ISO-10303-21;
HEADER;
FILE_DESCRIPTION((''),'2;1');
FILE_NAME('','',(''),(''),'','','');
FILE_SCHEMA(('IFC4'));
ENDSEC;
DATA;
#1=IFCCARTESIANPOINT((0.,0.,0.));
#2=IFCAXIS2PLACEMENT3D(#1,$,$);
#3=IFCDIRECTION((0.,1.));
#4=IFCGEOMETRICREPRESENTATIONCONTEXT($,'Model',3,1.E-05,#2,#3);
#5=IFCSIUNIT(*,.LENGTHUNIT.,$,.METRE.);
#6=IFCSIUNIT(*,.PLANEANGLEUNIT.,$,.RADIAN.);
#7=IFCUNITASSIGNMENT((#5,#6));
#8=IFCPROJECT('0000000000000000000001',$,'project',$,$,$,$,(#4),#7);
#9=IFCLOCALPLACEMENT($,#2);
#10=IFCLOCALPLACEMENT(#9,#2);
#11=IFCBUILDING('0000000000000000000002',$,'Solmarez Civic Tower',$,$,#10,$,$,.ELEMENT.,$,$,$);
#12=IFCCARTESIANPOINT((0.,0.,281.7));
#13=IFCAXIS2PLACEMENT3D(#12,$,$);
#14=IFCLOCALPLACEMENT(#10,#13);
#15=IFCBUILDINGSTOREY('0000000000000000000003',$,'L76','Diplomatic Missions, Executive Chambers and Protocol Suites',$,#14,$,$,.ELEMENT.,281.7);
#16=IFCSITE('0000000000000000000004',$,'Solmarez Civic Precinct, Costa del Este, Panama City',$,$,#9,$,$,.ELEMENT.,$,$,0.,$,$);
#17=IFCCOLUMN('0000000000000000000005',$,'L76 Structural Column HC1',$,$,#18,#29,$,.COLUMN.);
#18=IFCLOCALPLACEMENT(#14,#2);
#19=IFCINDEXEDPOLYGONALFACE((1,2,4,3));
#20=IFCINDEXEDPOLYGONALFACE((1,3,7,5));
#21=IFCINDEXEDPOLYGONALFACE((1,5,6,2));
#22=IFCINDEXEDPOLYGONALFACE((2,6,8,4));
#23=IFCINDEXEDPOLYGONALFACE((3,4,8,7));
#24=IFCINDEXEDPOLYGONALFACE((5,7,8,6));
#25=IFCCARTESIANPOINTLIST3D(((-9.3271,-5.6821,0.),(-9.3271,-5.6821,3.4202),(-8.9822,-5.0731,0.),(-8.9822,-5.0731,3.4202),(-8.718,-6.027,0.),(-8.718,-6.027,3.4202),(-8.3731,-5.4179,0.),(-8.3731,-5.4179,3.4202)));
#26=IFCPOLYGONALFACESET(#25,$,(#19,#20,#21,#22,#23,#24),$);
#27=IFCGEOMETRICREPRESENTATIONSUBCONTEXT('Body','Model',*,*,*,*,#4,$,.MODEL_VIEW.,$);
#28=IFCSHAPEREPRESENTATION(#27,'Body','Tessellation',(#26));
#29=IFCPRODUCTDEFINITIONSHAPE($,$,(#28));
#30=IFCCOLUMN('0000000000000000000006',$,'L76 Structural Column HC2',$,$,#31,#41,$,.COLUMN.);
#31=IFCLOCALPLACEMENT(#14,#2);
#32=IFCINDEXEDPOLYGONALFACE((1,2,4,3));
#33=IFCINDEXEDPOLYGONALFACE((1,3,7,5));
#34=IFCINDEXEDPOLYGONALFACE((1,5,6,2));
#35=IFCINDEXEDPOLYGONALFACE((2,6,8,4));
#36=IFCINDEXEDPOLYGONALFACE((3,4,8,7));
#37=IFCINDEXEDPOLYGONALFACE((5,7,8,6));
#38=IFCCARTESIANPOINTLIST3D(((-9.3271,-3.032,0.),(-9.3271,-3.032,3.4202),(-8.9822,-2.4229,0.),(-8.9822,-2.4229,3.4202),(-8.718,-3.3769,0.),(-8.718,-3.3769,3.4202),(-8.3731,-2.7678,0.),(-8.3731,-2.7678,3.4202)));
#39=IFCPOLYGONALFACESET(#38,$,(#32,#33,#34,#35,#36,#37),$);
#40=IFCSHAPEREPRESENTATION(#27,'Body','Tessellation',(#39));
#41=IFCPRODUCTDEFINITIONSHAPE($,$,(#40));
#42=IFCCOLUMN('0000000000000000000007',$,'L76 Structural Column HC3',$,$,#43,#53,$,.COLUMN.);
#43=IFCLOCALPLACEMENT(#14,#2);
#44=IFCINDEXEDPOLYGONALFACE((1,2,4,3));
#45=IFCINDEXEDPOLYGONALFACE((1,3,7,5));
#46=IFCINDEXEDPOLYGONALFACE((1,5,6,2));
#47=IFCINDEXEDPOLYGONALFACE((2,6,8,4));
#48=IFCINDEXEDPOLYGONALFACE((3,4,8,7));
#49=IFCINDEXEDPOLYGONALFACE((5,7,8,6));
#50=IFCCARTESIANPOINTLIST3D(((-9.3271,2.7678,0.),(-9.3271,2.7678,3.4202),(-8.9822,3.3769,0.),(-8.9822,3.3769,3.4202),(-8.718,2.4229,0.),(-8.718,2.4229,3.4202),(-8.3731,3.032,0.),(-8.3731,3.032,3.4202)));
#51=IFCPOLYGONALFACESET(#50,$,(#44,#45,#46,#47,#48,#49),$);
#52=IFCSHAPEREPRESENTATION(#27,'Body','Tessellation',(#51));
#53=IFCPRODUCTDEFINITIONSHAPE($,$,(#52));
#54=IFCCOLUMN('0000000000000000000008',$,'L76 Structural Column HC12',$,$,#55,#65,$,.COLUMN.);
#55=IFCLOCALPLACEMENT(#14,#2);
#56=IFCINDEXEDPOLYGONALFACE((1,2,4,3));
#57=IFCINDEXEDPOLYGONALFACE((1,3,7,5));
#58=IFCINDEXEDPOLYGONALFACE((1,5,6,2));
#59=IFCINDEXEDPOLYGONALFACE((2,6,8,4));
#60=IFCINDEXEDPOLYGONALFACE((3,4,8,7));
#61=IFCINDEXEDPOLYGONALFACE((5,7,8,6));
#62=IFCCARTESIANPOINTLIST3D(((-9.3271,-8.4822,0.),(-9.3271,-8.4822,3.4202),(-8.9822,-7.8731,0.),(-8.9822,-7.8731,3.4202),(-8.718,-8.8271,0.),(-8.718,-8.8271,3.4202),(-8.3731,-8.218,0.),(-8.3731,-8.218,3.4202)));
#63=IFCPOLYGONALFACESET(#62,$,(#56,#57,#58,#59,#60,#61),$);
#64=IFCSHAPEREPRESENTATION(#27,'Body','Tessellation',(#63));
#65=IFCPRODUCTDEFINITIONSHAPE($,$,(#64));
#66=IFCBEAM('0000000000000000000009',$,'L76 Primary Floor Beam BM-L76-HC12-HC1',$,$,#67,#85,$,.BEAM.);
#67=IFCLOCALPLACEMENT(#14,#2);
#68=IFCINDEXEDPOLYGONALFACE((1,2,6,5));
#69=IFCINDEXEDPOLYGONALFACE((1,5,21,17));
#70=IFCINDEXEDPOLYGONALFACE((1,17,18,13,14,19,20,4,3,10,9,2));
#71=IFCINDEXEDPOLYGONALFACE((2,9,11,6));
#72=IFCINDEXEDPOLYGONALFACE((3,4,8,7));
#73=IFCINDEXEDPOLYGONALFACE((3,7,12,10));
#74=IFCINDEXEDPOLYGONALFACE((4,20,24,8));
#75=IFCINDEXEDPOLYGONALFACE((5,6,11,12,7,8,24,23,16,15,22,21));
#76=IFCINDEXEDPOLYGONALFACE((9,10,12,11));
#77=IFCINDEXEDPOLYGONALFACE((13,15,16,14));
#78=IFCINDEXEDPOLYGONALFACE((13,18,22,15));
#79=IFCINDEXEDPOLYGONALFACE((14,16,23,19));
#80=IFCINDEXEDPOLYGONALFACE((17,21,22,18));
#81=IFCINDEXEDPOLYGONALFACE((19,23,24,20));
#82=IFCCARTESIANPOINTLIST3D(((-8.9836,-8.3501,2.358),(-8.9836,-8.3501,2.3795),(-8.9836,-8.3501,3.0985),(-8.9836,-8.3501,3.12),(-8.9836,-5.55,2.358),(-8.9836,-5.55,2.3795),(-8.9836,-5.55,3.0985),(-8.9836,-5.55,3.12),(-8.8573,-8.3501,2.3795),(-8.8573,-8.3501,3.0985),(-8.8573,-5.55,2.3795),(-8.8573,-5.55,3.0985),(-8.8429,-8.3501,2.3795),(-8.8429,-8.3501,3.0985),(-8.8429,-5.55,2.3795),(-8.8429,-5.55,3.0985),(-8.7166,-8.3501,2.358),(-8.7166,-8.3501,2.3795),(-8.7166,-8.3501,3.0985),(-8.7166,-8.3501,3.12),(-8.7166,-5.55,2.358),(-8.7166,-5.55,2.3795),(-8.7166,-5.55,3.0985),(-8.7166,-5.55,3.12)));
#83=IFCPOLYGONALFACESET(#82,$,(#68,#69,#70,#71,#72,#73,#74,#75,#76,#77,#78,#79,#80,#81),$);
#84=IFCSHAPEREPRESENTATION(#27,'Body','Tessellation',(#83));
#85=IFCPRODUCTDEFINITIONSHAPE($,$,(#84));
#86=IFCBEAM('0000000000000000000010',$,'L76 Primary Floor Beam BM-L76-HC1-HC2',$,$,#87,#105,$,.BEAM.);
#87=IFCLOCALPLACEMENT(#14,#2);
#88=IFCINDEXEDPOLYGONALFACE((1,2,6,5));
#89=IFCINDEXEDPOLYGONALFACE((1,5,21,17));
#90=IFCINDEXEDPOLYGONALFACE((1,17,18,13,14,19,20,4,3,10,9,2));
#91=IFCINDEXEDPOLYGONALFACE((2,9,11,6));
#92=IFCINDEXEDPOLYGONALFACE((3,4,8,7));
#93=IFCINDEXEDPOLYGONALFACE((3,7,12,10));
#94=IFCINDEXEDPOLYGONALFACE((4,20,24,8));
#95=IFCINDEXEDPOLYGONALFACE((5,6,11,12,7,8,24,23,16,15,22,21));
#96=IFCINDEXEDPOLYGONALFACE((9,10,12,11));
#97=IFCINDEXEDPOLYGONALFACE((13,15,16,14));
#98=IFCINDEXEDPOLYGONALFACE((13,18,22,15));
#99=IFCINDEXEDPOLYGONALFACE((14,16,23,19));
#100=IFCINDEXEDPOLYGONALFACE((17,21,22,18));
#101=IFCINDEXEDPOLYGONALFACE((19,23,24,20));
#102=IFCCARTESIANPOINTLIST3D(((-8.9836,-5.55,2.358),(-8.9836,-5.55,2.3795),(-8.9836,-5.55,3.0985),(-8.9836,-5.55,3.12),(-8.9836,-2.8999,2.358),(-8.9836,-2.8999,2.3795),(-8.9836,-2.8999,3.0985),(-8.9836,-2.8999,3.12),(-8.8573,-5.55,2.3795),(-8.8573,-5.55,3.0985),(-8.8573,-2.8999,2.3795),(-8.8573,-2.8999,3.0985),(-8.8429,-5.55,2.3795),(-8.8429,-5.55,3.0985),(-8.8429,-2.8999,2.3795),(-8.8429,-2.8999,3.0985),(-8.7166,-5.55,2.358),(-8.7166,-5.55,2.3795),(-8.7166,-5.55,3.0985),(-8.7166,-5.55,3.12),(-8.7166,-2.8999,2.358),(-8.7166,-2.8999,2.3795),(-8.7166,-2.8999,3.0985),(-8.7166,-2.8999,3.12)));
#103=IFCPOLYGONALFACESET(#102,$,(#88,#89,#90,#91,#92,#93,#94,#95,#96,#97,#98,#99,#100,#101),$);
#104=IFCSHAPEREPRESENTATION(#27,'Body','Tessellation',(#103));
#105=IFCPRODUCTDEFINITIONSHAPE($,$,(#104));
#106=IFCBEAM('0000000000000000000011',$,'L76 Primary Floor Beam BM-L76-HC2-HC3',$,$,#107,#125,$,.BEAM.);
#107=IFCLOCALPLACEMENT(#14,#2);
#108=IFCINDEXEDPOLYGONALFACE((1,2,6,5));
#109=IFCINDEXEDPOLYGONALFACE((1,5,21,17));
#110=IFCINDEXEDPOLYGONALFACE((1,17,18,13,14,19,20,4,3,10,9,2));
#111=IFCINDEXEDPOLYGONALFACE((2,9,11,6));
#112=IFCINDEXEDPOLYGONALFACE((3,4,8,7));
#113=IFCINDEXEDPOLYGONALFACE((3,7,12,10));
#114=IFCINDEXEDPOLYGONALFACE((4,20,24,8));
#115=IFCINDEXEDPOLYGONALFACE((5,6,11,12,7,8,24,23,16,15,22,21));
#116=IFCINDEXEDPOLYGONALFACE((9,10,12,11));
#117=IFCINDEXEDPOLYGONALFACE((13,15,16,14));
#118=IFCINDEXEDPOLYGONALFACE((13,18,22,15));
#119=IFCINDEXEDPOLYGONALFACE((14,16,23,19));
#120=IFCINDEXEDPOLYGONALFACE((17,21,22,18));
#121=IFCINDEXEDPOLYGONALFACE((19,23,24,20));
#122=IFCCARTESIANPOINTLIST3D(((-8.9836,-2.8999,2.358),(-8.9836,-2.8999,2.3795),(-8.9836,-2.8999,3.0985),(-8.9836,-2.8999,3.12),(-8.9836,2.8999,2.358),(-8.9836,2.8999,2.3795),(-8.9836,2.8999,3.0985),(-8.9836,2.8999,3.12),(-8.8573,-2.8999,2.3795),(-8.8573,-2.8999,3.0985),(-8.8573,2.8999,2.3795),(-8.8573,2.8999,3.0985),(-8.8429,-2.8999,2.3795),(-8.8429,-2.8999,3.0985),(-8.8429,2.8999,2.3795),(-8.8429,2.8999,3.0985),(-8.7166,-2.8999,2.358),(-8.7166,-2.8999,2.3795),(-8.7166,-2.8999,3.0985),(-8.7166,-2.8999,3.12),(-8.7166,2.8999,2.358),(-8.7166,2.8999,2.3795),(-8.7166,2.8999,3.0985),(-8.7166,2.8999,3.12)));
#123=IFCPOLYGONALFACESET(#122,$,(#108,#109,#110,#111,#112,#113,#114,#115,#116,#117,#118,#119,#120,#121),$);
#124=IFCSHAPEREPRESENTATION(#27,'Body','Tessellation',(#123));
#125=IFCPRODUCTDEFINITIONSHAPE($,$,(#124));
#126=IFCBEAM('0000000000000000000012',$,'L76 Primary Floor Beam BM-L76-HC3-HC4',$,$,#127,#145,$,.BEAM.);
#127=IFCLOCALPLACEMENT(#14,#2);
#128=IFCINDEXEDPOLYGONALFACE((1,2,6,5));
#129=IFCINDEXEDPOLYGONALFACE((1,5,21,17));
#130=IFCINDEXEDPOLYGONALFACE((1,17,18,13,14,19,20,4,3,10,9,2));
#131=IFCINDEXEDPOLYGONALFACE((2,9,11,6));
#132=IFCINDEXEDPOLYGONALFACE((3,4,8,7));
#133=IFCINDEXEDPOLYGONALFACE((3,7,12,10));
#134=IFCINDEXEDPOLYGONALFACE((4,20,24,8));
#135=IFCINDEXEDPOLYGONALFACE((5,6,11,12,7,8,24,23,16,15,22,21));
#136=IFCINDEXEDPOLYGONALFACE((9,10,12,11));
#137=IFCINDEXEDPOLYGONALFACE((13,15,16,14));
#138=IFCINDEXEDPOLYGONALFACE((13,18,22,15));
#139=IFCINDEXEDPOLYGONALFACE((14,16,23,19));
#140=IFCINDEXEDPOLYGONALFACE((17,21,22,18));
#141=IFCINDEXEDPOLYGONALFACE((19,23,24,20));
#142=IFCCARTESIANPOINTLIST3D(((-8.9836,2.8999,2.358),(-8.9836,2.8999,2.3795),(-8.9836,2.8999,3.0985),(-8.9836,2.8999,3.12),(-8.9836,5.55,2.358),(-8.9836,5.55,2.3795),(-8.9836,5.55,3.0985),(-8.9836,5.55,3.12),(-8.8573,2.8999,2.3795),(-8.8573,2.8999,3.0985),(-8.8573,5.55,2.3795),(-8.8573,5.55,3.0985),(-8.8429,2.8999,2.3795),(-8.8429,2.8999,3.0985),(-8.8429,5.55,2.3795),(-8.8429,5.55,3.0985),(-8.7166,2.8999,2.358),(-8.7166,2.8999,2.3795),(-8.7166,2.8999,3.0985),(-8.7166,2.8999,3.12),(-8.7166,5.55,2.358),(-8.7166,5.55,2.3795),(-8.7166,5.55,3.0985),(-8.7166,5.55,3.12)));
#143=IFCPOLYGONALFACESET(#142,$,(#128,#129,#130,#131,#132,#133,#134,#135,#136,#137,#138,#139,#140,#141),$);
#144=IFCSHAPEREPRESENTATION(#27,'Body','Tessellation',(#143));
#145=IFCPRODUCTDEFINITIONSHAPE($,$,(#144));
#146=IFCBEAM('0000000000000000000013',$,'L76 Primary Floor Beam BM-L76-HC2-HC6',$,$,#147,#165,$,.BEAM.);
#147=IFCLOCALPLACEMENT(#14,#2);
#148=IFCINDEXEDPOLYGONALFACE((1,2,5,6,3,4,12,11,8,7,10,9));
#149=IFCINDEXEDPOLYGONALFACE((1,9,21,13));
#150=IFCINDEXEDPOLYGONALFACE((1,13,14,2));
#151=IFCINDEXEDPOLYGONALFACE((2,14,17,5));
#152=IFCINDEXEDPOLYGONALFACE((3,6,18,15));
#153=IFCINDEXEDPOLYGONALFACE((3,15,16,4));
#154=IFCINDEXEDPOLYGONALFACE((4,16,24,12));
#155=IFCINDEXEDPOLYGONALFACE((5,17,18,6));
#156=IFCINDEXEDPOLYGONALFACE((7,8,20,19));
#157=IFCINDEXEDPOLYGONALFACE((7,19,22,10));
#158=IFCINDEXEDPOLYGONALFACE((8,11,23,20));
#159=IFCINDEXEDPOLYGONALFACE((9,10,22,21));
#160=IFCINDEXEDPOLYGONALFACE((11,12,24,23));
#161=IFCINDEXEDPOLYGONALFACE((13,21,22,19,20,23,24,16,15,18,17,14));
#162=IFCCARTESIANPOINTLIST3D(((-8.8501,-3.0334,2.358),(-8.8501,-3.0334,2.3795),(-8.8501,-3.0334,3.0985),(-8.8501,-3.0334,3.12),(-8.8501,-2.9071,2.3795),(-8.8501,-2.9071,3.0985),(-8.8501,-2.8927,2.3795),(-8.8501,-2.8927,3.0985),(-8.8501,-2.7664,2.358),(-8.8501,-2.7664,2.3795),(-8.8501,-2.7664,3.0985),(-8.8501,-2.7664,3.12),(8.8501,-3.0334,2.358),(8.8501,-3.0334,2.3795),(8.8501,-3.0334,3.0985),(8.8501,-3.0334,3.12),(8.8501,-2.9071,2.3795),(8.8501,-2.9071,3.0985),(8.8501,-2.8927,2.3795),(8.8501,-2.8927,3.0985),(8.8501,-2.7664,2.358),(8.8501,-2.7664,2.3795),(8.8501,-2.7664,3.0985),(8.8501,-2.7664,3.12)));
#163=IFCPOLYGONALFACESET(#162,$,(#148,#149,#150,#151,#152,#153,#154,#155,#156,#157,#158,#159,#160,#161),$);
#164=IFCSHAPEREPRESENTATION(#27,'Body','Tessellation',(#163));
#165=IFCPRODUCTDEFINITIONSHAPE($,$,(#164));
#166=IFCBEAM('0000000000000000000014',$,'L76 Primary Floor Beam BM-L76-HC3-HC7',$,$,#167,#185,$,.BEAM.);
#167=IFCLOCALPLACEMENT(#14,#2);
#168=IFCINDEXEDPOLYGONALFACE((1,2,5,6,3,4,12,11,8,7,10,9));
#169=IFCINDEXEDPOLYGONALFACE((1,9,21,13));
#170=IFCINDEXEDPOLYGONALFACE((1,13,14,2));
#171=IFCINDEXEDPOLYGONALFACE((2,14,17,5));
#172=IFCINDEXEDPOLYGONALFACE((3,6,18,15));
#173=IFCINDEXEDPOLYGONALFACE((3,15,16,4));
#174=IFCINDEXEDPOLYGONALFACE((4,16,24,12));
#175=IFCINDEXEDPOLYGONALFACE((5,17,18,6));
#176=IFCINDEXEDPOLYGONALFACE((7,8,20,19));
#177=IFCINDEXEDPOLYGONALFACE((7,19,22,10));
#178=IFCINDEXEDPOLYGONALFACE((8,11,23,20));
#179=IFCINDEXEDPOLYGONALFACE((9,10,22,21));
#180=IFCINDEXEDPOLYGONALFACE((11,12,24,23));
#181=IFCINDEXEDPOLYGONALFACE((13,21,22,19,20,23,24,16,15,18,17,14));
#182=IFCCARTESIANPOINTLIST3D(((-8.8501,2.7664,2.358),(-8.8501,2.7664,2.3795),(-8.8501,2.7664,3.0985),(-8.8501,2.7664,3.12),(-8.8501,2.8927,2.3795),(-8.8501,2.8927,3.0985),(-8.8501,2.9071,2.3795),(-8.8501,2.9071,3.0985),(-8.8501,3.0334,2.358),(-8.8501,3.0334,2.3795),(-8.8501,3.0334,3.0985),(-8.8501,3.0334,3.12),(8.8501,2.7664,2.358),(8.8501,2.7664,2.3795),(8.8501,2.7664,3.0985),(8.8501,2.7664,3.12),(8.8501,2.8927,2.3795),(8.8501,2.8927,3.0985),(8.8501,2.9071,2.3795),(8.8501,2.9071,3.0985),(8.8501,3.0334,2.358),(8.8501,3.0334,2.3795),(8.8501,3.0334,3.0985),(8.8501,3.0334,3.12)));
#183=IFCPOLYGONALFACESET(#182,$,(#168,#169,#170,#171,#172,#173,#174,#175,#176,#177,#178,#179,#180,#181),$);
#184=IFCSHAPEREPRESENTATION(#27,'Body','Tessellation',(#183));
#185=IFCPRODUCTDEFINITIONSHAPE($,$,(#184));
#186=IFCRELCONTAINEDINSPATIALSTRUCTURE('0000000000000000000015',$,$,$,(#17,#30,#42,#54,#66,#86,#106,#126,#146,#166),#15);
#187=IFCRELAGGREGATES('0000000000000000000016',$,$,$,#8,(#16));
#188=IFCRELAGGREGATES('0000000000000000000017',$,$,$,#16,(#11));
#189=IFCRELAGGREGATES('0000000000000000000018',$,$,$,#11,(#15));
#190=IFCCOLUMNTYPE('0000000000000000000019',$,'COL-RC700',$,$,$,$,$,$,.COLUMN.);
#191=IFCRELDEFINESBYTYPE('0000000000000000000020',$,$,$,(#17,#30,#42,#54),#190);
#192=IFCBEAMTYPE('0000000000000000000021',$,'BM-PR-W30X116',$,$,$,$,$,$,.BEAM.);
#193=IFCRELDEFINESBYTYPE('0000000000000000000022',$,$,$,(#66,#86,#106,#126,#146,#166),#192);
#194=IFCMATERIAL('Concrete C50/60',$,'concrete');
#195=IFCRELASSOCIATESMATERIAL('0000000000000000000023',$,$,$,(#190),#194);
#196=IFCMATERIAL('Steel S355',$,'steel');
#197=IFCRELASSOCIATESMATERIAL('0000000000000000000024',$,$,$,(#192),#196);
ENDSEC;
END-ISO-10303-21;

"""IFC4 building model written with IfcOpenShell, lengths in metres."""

from ifc_helpers import new_model, si_unit, direction, frame, origin, origin_2d, place, context, subcontext, project, spatial, rectangle, i_section, extrude, material, material_profile, profile_set, type_object, element, save


model = new_model("IFC4")

# Units and contexts
model_context = context("Model", 3, precision=1e-05, world=origin(), true_north=direction((0.0, 1.0)))
body_context = subcontext(model_context, "Body", "Model", "MODEL_VIEW")
ifc_project = project(units=[si_unit("LENGTHUNIT", "METRE"), si_unit("PLANEANGLEUNIT", "RADIAN")], contexts=[model_context])

# Site, building, storey
site_placement = place(None, origin())
site = spatial("IfcSite", under=ifc_project, at=site_placement, Name="Solmarez Civic Precinct, Costa del Este, Panama City", CompositionType="ELEMENT", RefElevation=0.0)
building_placement = place(site_placement, origin())
building = spatial("IfcBuilding", under=site, at=building_placement, Name="Solmarez Civic Tower", CompositionType="ELEMENT")
storey_placement = place(building_placement, frame((0.0, 0.0, 281.7)))
storey = spatial("IfcBuildingStorey", under=building, at=storey_placement, Name="L76", Description="Diplomatic Missions, Executive Chambers and Protocol Suites", CompositionType="ELEMENT", Elevation=281.7)

# Columns
ifc_material_1 = material(Name="Concrete C50/60", Category="concrete")
ifc_material_profile_1 = material_profile(ifc_material_1, rectangle(XDim=0.7, YDim=0.7, at=origin_2d()), Name="RC700X700")
ifc_profile_set_1 = profile_set([ifc_material_profile_1], Name="Concrete C50/60")
column_type = type_object("IfcColumnType", Name="COL-RC700", PredefinedType="COLUMN", material=ifc_profile_set_1)
for number, where, z_axis, x_axis, name in (
    (1, (-8.8501, -5.55, 0.0), (0.0, 0.0, 1.0), (0.492727, 0.870184, 0.0), "L76 Structural Column HC1"),
    (2, (-8.8501, -2.8999, 0.0), (0.0, 0.0, 1.0), (0.492727, 0.870184, 0.0), "L76 Structural Column HC2"),
    (3, (-8.8501, 2.8999, 0.0), (0.0, 0.0, 1.0), (0.492727, 0.870184, 0.0), "L76 Structural Column HC3"),
    (4, (-8.8501, -8.3501, 0.0), (0.0, 0.0, 1.0), (0.492727, 0.870184, 0.0), "L76 Structural Column HC12"),
):
    element("IfcColumn", number, at=place(storey_placement, frame(where, z_axis=z_axis, x_axis=x_axis)), inside=storey, type_object=column_type, Name=name, PredefinedType="COLUMN", context=body_context, shape_type="SweptSolid", body=[
        extrude(rectangle(XDim=0.7, YDim=0.7, at=origin_2d()), origin(), (0.0, 0.0, 1.0), 3.4202),
    ])

# Beams
ifc_material_2 = material(Name="Steel S355", Category="steel")
ifc_material_profile_2 = material_profile(ifc_material_2, i_section(OverallWidth=0.2671, OverallDepth=0.762, WebThickness=0.0144, FlangeThickness=0.0215, at=origin_2d()), Name="W30X116")
ifc_profile_set_2 = profile_set([ifc_material_profile_2], Name="Steel S355")
beam_type = type_object("IfcBeamType", Name="BM-PR-W30X116", PredefinedType="BEAM", material=ifc_profile_set_2)
beam_1_placement = place(storey_placement, frame((-8.8501, -8.3501, 2.739), z_axis=(0.0, 1.0, 0.0), x_axis=(-1.0, 0.0, 0.0)))
element("IfcBeam", 5, at=beam_1_placement, inside=storey, type_object=beam_type, Name="L76 Primary Floor Beam BM-L76-HC12-HC1", PredefinedType="BEAM", context=body_context, shape_type="SweptSolid", body=[
    extrude(i_section(OverallWidth=0.2671, OverallDepth=0.762, WebThickness=0.0144, FlangeThickness=0.0215, at=origin_2d()), origin(), (0.0, 0.0, 1.0), 2.8),
])
beam_2_placement = place(storey_placement, frame((-8.8501, -5.55, 2.739), z_axis=(0.0, 1.0, 0.0), x_axis=(-1.0, 0.0, 0.0)))
element("IfcBeam", 6, at=beam_2_placement, inside=storey, type_object=beam_type, Name="L76 Primary Floor Beam BM-L76-HC1-HC2", PredefinedType="BEAM", context=body_context, shape_type="SweptSolid", body=[
    extrude(i_section(OverallWidth=0.2671, OverallDepth=0.762, WebThickness=0.0144, FlangeThickness=0.0215, at=origin_2d()), origin(), (0.0, 0.0, 1.0), 2.6501),
])
beam_3_placement = place(storey_placement, frame((-8.8501, -2.8999, 2.739), z_axis=(0.0, 1.0, 0.0), x_axis=(-1.0, 0.0, 0.0)))
element("IfcBeam", 7, at=beam_3_placement, inside=storey, type_object=beam_type, Name="L76 Primary Floor Beam BM-L76-HC2-HC3", PredefinedType="BEAM", context=body_context, shape_type="SweptSolid", body=[
    extrude(i_section(OverallWidth=0.2671, OverallDepth=0.762, WebThickness=0.0144, FlangeThickness=0.0215, at=origin_2d()), origin(), (0.0, 0.0, 1.0), 5.7998),
])
beam_4_placement = place(storey_placement, frame((-8.8501, 2.8999, 2.739), z_axis=(0.0, 1.0, 0.0), x_axis=(-1.0, 0.0, 0.0)))
element("IfcBeam", 8, at=beam_4_placement, inside=storey, type_object=beam_type, Name="L76 Primary Floor Beam BM-L76-HC3-HC4", PredefinedType="BEAM", context=body_context, shape_type="SweptSolid", body=[
    extrude(i_section(OverallWidth=0.2671, OverallDepth=0.762, WebThickness=0.0144, FlangeThickness=0.0215, at=origin_2d()), origin(), (0.0, 0.0, 1.0), 2.6501),
])
for number, where, z_axis, x_axis, name in (
    (9, (-8.8501, -2.8999, 2.739), (1.0, 0.0, 0.0), (0.0, 1.0, 0.0), "L76 Primary Floor Beam BM-L76-HC2-HC6"),
    (10, (-8.8501, 2.8999, 2.739), (1.0, 0.0, 0.0), (0.0, 1.0, 0.0), "L76 Primary Floor Beam BM-L76-HC3-HC7"),
):
    element("IfcBeam", number, at=place(storey_placement, frame(where, z_axis=z_axis, x_axis=x_axis)), inside=storey, type_object=beam_type, Name=name, PredefinedType="BEAM", context=body_context, shape_type="SweptSolid", body=[
        extrude(i_section(OverallWidth=0.2671, OverallDepth=0.762, WebThickness=0.0144, FlangeThickness=0.0215, at=origin_2d()), origin(), (0.0, 0.0, 1.0), 17.7002),
    ])

save(model, "model.ifc")
